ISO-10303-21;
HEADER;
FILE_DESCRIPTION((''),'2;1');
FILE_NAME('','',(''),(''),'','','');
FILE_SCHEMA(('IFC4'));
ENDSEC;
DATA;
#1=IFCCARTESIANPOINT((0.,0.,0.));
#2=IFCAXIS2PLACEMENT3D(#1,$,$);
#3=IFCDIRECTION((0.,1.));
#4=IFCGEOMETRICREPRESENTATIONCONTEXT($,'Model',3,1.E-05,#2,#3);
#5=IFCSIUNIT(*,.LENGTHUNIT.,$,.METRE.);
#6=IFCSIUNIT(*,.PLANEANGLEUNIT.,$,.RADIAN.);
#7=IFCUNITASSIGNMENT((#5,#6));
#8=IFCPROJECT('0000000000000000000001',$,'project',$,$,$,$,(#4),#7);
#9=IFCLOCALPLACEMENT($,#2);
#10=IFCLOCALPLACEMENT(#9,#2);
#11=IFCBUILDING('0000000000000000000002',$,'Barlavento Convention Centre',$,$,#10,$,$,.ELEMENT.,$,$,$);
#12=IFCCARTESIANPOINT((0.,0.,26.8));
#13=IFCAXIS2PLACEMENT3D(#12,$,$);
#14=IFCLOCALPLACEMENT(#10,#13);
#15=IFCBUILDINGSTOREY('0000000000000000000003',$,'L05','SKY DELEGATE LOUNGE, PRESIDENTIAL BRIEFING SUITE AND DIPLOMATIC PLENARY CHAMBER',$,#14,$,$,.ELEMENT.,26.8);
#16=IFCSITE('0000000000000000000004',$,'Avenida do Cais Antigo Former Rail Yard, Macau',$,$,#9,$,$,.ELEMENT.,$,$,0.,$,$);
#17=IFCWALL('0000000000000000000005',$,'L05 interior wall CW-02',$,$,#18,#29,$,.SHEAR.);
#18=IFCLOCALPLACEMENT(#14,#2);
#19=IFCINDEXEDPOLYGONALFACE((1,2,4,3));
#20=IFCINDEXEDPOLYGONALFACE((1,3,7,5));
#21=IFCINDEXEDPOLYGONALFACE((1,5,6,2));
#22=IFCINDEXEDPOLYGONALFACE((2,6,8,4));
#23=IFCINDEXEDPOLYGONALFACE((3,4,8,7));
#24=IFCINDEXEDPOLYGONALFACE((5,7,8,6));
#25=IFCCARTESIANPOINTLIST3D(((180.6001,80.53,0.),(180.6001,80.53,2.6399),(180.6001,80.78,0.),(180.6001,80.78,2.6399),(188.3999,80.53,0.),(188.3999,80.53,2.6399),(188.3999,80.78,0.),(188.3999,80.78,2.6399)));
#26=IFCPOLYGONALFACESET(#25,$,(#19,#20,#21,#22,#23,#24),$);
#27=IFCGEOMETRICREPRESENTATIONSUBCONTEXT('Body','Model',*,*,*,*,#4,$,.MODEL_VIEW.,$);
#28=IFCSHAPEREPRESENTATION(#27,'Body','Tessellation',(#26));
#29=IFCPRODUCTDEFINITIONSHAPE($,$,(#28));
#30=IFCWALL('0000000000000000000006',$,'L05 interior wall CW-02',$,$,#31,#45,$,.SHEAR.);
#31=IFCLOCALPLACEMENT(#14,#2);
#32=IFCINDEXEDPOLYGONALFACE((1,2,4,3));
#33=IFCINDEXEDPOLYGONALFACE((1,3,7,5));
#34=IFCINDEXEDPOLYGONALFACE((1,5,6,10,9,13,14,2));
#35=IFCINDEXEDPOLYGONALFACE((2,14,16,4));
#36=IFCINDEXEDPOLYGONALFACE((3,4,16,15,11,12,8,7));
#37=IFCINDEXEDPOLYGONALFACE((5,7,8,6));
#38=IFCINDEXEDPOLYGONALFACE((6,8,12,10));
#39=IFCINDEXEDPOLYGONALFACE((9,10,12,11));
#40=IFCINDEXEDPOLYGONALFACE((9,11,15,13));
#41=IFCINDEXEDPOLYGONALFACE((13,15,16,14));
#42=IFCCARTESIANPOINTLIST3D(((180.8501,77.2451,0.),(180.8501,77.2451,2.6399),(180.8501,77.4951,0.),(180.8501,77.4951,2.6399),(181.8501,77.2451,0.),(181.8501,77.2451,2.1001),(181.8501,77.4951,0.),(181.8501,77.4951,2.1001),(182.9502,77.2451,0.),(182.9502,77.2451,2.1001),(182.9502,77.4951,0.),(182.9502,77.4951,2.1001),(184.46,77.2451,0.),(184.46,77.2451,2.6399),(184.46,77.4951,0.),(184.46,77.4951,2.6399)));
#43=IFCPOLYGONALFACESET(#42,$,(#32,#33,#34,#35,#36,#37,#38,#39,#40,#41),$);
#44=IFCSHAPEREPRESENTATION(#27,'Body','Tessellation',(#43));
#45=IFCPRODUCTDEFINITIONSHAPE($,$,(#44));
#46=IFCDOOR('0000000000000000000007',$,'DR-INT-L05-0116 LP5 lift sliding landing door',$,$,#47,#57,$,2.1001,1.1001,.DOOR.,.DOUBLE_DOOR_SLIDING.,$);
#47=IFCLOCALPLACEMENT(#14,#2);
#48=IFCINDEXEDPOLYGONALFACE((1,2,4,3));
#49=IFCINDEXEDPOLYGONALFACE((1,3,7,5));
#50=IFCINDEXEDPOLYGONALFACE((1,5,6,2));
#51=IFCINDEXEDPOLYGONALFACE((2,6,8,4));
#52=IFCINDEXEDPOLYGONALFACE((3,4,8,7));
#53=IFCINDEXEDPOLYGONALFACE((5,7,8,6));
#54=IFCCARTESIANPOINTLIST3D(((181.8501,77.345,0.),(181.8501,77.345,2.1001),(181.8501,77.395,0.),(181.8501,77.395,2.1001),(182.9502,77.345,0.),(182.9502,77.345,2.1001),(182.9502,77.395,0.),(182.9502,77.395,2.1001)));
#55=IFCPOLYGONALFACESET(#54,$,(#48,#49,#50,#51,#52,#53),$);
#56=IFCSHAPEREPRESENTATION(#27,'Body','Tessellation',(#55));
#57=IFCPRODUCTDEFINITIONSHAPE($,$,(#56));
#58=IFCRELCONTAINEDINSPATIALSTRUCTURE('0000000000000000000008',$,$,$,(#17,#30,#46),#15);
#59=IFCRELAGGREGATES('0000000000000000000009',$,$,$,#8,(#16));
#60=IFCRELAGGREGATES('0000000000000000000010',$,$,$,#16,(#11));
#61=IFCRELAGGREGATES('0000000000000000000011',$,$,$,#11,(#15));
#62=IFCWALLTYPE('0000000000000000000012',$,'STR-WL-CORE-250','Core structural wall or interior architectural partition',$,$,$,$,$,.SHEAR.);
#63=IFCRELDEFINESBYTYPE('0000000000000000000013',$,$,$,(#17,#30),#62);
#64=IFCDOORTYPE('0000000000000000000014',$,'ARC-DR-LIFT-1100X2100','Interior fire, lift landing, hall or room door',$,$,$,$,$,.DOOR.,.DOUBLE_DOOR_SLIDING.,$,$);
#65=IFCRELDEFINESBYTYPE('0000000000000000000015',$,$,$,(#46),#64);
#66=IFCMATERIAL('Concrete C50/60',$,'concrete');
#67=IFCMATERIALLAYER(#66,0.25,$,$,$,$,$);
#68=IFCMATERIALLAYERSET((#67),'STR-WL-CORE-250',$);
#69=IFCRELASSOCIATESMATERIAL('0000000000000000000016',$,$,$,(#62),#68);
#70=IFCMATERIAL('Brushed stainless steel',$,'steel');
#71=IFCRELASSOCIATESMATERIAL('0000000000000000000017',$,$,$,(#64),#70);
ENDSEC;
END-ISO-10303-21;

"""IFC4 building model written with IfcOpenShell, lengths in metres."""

from ifc_helpers import new_model, si_unit, direction, frame, frame_2d, origin, place, context, subcontext, project, spatial, rectangle, extrude, material, layer, layer_set, type_object, element, fill, save


model = new_model("IFC4")

# Units and contexts
model_context = context("Model", 3, precision=1e-05, world=origin(), true_north=direction((0.0, 1.0)))
body_context = subcontext(model_context, "Body", "Model", "MODEL_VIEW")
ifc_project = project(units=[si_unit("LENGTHUNIT", "METRE"), si_unit("PLANEANGLEUNIT", "RADIAN")], contexts=[model_context])

# Site, building, storey
site_placement = place(None, origin())
site = spatial("IfcSite", under=ifc_project, at=site_placement, Name="Avenida do Cais Antigo Former Rail Yard, Macau", CompositionType="ELEMENT", RefElevation=0.0)
building_placement = place(site_placement, origin())
building = spatial("IfcBuilding", under=site, at=building_placement, Name="Barlavento Convention Centre", CompositionType="ELEMENT")
storey_placement = place(building_placement, frame((0.0, 0.0, 26.8)))
storey = spatial("IfcBuildingStorey", under=building, at=storey_placement, Name="L05", Description="SKY DELEGATE LOUNGE, PRESIDENTIAL BRIEFING SUITE AND DIPLOMATIC PLENARY CHAMBER", CompositionType="ELEMENT", Elevation=26.8)

# Shared definitions
ifc_material_1 = material(Name="Concrete C50/60", Category="concrete")
ifc_layer_1 = layer(ifc_material_1, 0.25)
ifc_layer_set_1 = layer_set([ifc_layer_1], Name="STR-WL-CORE-250")
wall_type = type_object("IfcWallType", Name="STR-WL-CORE-250", Description="Core structural wall or interior architectural partition", PredefinedType="SHEAR", material=ifc_layer_set_1)

# Wall
for number, where, z_axis, x_axis, name in (
    (1, (180.6001, 80.655, 0.0), (0.0, 0.0, 1.0), (1.0, 0.0, 0.0), "L05 interior wall CW-02"),
):
    element("IfcWall", number, at=place(storey_placement, frame(where, z_axis=z_axis, x_axis=x_axis)), inside=storey, type_object=wall_type, Name=name, PredefinedType="SHEAR", context=body_context, shape_type="SweptSolid", body=[
        extrude(rectangle(XDim=7.7998, YDim=0.25, at=frame_2d((3.8999, 0.0))), origin(), (0.0, 0.0, 1.0), 2.6399),
    ])

# Wall, opening, door
wall_1_placement = place(storey_placement, frame((180.8501, 77.3701, 0.0), z_axis=(0.0, 0.0, 1.0), x_axis=(1.0, 0.0, 0.0)))
wall_1 = element("IfcWall", 2, at=wall_1_placement, inside=storey, type_object=wall_type, Name="L05 interior wall CW-02", PredefinedType="SHEAR", context=body_context, shape_type="SweptSolid", body=[
    extrude(rectangle(XDim=3.6099, YDim=0.25, at=frame_2d((1.8049, 0.0))), origin(), (0.0, 0.0, 1.0), 2.6399),
])
opening_1_placement = place(wall_1_placement, frame((1.0, 0.0, 0.0)))
opening_1 = element("IfcOpeningElement", 3, at=opening_1_placement, cuts=wall_1, PredefinedType="OPENING", context=body_context, shape_type="SweptSolid", body=[
    extrude(rectangle(XDim=1.1001, YDim=2.1001, at=frame_2d((0.55, 1.05))), frame((0.0, 0.135, 0.0), z_axis=(0.0, -1.0, 0.0), x_axis=(1.0, 0.0, 0.0)), (0.0, 0.0, 1.0), 0.27),
])
ifc_material_2 = material(Name="Brushed stainless steel", Category="steel")
door_type_1 = type_object("IfcDoorType", Name="ARC-DR-LIFT-1100X2100", Description="Interior fire, lift landing, hall or room door", OperationType="DOUBLE_DOOR_SLIDING", PredefinedType="DOOR", material=ifc_material_2)
door_1_placement = place(opening_1_placement, origin())
door_1 = element("IfcDoor", 4, at=door_1_placement, inside=storey, type_object=door_type_1, Name="DR-INT-L05-0116 LP5 lift sliding landing door", OperationType="DOUBLE_DOOR_SLIDING", OverallHeight=2.1001, OverallWidth=1.1001, PredefinedType="DOOR", context=body_context, shape_type="SweptSolid", body=[
    extrude(rectangle(XDim=1.1001, YDim=2.1001, at=frame_2d((0.55, 1.05))), frame((0.0, 0.0249, 0.0), z_axis=(0.0, -1.0, 0.0), x_axis=(1.0, 0.0, 0.0)), (0.0, 0.0, 1.0), 0.05),
])
fill(opening_1, door_1)

save(model, "model.ifc")
